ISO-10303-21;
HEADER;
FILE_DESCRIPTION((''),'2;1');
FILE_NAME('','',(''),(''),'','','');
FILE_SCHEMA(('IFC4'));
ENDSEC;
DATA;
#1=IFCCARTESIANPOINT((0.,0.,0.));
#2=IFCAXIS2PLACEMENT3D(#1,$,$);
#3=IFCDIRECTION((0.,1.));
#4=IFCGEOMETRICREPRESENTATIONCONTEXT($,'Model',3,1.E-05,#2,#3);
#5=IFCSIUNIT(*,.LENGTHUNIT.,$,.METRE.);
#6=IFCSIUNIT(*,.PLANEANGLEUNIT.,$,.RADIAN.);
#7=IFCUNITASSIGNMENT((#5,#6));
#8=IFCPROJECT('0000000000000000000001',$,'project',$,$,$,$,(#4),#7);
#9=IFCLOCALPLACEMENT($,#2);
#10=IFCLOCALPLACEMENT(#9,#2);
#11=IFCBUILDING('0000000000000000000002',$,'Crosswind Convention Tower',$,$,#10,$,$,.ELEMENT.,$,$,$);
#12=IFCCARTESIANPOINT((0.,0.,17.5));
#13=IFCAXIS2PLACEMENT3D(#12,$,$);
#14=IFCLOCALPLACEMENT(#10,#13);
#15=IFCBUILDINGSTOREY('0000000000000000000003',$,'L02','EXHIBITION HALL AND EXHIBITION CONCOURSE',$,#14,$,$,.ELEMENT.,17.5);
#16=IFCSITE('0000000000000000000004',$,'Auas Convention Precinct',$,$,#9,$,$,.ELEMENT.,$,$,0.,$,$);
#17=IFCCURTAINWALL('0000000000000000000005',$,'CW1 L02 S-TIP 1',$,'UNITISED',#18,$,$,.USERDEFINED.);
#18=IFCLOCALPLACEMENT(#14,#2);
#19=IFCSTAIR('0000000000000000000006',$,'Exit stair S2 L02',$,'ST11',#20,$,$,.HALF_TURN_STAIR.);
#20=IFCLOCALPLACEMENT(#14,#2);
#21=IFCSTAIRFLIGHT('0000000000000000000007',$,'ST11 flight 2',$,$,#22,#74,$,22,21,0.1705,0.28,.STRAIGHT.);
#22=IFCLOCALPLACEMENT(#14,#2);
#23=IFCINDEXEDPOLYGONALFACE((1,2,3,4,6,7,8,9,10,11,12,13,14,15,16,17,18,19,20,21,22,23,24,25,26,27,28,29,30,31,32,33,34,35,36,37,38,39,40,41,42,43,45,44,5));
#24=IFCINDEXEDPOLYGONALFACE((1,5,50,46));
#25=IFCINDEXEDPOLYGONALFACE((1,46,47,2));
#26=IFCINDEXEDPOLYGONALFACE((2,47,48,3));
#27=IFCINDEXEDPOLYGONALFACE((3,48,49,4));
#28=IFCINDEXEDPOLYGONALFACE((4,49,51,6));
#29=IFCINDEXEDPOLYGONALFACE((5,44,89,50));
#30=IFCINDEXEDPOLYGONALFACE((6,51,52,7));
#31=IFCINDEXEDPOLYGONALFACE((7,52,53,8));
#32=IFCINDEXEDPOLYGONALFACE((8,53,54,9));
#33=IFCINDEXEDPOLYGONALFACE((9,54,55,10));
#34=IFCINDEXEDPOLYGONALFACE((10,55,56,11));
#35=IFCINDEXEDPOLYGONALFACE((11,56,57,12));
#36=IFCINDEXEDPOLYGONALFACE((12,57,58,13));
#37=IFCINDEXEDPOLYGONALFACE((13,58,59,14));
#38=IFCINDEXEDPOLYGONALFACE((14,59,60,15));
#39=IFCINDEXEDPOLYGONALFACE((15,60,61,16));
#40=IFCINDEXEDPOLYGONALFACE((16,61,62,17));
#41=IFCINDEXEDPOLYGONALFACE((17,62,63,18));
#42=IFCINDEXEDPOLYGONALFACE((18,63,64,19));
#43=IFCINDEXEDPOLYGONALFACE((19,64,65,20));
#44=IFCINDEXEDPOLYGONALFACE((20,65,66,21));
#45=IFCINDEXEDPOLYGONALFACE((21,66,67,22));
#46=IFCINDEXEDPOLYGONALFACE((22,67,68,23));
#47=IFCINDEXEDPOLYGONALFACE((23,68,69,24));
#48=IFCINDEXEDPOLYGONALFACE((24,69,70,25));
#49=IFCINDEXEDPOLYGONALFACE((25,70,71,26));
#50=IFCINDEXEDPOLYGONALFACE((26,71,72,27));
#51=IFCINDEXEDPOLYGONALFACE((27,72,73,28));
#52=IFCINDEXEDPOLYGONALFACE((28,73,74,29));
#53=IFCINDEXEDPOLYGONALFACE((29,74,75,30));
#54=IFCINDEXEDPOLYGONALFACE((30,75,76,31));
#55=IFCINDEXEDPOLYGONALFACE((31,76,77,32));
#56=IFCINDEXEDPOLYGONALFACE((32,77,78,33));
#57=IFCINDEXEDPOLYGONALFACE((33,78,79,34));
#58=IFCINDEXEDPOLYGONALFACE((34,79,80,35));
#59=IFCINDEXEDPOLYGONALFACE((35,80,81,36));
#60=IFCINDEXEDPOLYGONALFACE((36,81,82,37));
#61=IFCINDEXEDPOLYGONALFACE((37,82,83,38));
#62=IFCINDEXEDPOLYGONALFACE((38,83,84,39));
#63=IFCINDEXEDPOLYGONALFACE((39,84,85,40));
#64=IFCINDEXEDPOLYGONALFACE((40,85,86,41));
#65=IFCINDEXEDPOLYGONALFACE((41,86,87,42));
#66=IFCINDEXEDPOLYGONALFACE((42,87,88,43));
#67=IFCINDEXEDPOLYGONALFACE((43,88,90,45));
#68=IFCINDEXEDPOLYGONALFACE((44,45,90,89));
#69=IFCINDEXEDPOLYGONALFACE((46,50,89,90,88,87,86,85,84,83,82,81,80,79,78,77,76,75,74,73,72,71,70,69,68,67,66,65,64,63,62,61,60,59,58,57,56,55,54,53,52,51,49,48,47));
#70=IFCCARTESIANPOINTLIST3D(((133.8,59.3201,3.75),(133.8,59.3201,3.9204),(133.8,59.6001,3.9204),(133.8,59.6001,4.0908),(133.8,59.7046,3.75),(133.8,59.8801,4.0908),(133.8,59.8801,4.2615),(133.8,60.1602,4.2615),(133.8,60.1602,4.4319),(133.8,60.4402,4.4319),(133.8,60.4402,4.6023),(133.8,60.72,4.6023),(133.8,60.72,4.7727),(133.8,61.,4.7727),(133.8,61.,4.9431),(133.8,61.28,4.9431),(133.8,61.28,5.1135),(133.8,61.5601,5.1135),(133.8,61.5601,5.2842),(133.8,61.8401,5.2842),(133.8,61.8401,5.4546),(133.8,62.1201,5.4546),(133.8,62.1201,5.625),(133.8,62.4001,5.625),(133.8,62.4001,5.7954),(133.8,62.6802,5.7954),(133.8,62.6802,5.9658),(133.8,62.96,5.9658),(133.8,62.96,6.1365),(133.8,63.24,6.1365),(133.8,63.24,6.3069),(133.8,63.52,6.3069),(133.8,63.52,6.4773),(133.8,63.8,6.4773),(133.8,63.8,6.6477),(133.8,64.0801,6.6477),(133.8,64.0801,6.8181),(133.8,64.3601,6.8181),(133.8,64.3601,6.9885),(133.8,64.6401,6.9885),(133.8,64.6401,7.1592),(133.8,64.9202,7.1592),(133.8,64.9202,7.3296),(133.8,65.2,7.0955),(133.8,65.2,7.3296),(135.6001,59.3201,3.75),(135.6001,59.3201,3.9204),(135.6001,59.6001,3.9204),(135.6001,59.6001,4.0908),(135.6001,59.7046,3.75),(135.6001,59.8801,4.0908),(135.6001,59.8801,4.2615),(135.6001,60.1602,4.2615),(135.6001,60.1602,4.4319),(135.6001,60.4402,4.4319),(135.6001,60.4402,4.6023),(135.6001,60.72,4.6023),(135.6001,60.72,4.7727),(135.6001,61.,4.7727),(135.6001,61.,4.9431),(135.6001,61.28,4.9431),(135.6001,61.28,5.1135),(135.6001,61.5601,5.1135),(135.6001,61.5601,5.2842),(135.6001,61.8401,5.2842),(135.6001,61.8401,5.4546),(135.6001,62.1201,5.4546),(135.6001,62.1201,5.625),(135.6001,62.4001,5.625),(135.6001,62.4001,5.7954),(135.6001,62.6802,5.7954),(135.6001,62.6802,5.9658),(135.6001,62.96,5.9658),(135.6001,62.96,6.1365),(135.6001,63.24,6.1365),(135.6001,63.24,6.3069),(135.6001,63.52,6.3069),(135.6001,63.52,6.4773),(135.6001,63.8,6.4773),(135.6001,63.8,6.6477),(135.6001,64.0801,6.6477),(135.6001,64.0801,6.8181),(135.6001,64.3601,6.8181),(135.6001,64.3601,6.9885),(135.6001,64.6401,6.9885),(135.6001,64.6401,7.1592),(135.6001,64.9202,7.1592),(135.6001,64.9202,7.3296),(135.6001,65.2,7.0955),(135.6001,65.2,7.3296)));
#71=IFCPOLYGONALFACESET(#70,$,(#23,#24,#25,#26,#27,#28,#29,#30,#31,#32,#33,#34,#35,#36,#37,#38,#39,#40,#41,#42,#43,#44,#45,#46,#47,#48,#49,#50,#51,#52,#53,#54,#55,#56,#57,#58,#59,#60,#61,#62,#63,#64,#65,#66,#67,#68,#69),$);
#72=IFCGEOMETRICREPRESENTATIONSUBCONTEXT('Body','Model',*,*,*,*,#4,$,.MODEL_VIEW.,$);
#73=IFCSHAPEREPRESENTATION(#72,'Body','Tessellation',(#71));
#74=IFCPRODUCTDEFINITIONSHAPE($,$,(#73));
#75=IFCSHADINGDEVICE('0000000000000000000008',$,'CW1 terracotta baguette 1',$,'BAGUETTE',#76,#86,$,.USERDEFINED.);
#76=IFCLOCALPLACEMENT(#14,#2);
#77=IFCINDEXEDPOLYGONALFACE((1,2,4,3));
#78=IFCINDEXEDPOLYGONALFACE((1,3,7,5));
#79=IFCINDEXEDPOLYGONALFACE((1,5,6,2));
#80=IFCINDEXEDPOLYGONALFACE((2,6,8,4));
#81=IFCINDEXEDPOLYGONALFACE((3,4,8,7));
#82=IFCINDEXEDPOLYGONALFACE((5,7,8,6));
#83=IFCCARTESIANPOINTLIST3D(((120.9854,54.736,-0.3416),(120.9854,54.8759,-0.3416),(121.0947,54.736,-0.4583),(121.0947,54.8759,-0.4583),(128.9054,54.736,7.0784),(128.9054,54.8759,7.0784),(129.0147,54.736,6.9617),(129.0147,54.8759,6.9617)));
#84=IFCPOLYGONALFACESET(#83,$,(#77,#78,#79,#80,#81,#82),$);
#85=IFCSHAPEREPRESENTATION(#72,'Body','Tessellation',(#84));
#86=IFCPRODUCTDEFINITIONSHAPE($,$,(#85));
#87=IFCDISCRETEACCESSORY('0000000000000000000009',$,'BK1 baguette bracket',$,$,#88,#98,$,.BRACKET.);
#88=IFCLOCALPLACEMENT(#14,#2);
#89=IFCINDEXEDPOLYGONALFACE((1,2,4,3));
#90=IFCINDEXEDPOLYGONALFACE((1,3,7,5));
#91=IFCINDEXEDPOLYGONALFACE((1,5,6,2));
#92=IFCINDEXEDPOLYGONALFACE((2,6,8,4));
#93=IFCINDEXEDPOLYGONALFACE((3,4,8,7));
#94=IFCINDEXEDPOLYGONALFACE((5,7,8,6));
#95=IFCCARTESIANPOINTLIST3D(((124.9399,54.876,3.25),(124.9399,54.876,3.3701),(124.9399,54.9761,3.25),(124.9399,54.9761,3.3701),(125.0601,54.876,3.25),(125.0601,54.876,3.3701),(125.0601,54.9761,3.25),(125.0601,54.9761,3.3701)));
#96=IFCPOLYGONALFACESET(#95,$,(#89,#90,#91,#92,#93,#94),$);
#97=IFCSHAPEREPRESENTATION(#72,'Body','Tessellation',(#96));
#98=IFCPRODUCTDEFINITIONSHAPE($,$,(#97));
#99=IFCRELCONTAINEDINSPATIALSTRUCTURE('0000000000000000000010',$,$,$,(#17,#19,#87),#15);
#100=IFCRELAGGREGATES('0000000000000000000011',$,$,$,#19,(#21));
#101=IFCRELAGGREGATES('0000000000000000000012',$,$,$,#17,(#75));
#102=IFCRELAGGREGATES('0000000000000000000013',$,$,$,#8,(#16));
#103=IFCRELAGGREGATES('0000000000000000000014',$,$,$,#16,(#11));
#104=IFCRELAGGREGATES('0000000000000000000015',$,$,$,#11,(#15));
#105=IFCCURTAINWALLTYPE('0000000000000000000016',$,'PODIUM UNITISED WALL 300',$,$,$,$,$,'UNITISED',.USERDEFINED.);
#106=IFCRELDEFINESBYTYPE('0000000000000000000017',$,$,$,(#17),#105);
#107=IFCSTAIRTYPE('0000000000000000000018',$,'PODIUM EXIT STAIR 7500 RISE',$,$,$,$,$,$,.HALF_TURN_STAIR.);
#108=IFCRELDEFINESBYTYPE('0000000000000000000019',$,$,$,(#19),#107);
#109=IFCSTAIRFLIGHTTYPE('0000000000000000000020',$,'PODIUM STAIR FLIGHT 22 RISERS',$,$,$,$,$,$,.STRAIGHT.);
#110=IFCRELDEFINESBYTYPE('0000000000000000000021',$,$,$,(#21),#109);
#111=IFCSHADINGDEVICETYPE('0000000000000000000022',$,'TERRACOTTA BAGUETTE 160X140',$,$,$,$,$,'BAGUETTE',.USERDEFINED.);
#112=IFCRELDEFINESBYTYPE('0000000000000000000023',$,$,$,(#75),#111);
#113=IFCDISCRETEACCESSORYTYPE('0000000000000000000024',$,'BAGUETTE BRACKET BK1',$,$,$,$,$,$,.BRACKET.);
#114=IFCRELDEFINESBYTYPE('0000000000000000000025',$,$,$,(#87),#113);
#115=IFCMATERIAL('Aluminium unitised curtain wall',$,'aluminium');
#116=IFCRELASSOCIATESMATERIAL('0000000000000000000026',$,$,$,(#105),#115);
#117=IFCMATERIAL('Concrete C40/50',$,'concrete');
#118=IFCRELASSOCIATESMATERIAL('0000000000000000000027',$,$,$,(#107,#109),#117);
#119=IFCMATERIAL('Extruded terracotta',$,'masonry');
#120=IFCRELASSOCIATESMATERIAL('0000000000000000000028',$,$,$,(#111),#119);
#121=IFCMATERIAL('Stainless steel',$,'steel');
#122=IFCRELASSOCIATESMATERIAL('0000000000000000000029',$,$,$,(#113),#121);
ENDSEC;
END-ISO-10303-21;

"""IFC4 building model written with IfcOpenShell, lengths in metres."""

from ifc_helpers import new_model, si_unit, direction, frame, origin, origin_2d, place, context, subcontext, project, spatial, polyline, rectangle, outline, extrude, material, material_profile, profile_set, type_object, element, aggregate, save


model = new_model("IFC4")

# Units and contexts
model_context = context("Model", 3, precision=1e-05, world=origin(), true_north=direction((0.0, 1.0)))
body_context = subcontext(model_context, "Body", "Model", "MODEL_VIEW")
ifc_project = project(units=[si_unit("LENGTHUNIT", "METRE"), si_unit("PLANEANGLEUNIT", "RADIAN")], contexts=[model_context])

# Site, building, storey
site_placement = place(None, origin())
site = spatial("IfcSite", under=ifc_project, at=site_placement, Name="Auas Convention Precinct", CompositionType="ELEMENT", RefElevation=0.0)
building_placement = place(site_placement, origin())
building = spatial("IfcBuilding", under=site, at=building_placement, Name="Crosswind Convention Tower", CompositionType="ELEMENT")
storey_placement = place(building_placement, frame((0.0, 0.0, 17.5)))
storey = spatial("IfcBuildingStorey", under=building, at=storey_placement, Name="L02", Description="EXHIBITION HALL AND EXHIBITION CONCOURSE", CompositionType="ELEMENT", Elevation=17.5)

# Curtain wall
ifc_material_1 = material(Name="Aluminium unitised curtain wall", Category="aluminium")
curtain_wall_type = type_object("IfcCurtainWallType", Name="PODIUM UNITISED WALL 300", ElementType="UNITISED", PredefinedType="USERDEFINED", material=ifc_material_1)
curtain_wall_placement = place(storey_placement, origin())
curtain_wall = element("IfcCurtainWall", 1, at=curtain_wall_placement, inside=storey, type_object=curtain_wall_type, Name="CW1 L02 S-TIP 1", ObjectType="UNITISED", PredefinedType="USERDEFINED")

# Shared definitions
ifc_material_2 = material(Name="Concrete C40/50", Category="concrete")

# Stair, stair flight
stair_type = type_object("IfcStairType", Name="PODIUM EXIT STAIR 7500 RISE", PredefinedType="HALF_TURN_STAIR", material=ifc_material_2)
stair_placement = place(storey_placement, origin())
stair = element("IfcStair", 2, at=stair_placement, inside=storey, type_object=stair_type, Name="Exit stair S2 L02", ObjectType="ST11", PredefinedType="HALF_TURN_STAIR")
stair_flight_type = type_object("IfcStairFlightType", Name="PODIUM STAIR FLIGHT 22 RISERS", PredefinedType="STRAIGHT", material=ifc_material_2)
stair_flight_1_placement = place(storey_placement, frame((134.7, 59.3201, 3.75), z_axis=(0.0, 0.0, 1.0), x_axis=(0.0, 1.0, 0.0)))
stair_flight_1 = element("IfcStairFlight", 3, at=stair_flight_1_placement, type_object=stair_flight_type, Name="ST11 flight 2", NumberOfRisers=22, NumberOfTreads=21, PredefinedType="STRAIGHT", RiserHeight=0.1705, TreadLength=0.28, context=body_context, shape_type="SweptSolid", body=[
    extrude(outline(polyline([(0.0, 0.0), (0.0, 0.1704), (0.28, 0.1704), (0.28, 0.3408), (0.5601, 0.3408), (0.5601, 0.5115), (0.8401, 0.5115), (0.8401, 0.6819), (1.1201, 0.6819), (1.1201, 0.8523), (1.3999, 0.8523), (1.3999, 1.0227), (1.6799, 1.0227), (1.6799, 1.1931), (1.96, 1.1931), (1.96, 1.3635), (2.24, 1.3635), (2.24, 1.5342), (2.52, 1.5342), (2.52, 1.7046), (2.8, 1.7046), (2.8, 1.875), (3.0801, 1.875), (3.0801, 2.0454), (3.3601, 2.0454), (3.3601, 2.2158), (3.6399, 2.2158), (3.6399, 2.3865), (3.9199, 2.3865), (3.9199, 2.5569), (4.2, 2.5569), (4.2, 2.7273), (4.48, 2.7273), (4.48, 2.8977), (4.76, 2.8977), (4.76, 3.0681), (5.04, 3.0681), (5.04, 3.2385), (5.3201, 3.2385), (5.3201, 3.4092), (5.6001, 3.4092), (5.6001, 3.5796), (5.8799, 3.5796), (5.8799, 3.75), (5.8799, 3.3455), (0.3845, 0.0), (0.0, 0.0)])), frame((0.0, 0.8999, 0.0), z_axis=(0.0, -1.0, 0.0), x_axis=(1.0, 0.0, 0.0)), (0.0, 0.0, 1.0), 1.8),
])
aggregate(stair, [stair_flight_1])

# Shared definitions
ifc_material_3 = material(Name="Stainless steel", Category="steel")

# Shading device
ifc_material_4 = material(Name="Extruded terracotta", Category="masonry")
ifc_material_profile_1 = material_profile(ifc_material_4, rectangle(XDim=0.1399, YDim=0.1599, at=origin_2d()), Name="TC 140X160")
ifc_profile_set_1 = profile_set([ifc_material_profile_1], Name="Extruded terracotta")
shading_device_type = type_object("IfcShadingDeviceType", Name="TERRACOTTA BAGUETTE 160X140", ElementType="BAGUETTE", PredefinedType="USERDEFINED", material=ifc_profile_set_1)
shading_device_placement = place(storey_placement, frame((121.04, 54.8059, -0.3999), z_axis=(0.729767, 0.0, 0.683696), x_axis=(0.0, 1.0, 0.0)))
shading_device = element("IfcShadingDevice", 4, at=shading_device_placement, type_object=shading_device_type, Name="CW1 terracotta baguette 1", ObjectType="BAGUETTE", PredefinedType="USERDEFINED", context=body_context, shape_type="SweptSolid", body=[
    extrude(rectangle(XDim=0.1399, YDim=0.1599, at=origin_2d()), origin(), (0.0, 0.0, 1.0), 10.8528),
])
aggregate(curtain_wall, [shading_device])

# Discrete accessory
discrete_accessory_type = type_object("IfcDiscreteAccessoryType", Name="BAGUETTE BRACKET BK1", PredefinedType="BRACKET", material=ifc_material_3)
discrete_accessory_placement = place(storey_placement, frame((125.0, 54.926, 3.25), z_axis=(0.0, 0.0, 1.0), x_axis=(1.0, 0.0, 0.0)))
element("IfcDiscreteAccessory", 5, at=discrete_accessory_placement, inside=storey, type_object=discrete_accessory_type, Name="BK1 baguette bracket", PredefinedType="BRACKET", context=body_context, shape_type="SweptSolid", body=[
    extrude(rectangle(XDim=0.1201, YDim=0.1001, at=origin_2d()), origin(), (0.0, 0.0, 1.0), 0.1201),
])

save(model, "model.ifc")
